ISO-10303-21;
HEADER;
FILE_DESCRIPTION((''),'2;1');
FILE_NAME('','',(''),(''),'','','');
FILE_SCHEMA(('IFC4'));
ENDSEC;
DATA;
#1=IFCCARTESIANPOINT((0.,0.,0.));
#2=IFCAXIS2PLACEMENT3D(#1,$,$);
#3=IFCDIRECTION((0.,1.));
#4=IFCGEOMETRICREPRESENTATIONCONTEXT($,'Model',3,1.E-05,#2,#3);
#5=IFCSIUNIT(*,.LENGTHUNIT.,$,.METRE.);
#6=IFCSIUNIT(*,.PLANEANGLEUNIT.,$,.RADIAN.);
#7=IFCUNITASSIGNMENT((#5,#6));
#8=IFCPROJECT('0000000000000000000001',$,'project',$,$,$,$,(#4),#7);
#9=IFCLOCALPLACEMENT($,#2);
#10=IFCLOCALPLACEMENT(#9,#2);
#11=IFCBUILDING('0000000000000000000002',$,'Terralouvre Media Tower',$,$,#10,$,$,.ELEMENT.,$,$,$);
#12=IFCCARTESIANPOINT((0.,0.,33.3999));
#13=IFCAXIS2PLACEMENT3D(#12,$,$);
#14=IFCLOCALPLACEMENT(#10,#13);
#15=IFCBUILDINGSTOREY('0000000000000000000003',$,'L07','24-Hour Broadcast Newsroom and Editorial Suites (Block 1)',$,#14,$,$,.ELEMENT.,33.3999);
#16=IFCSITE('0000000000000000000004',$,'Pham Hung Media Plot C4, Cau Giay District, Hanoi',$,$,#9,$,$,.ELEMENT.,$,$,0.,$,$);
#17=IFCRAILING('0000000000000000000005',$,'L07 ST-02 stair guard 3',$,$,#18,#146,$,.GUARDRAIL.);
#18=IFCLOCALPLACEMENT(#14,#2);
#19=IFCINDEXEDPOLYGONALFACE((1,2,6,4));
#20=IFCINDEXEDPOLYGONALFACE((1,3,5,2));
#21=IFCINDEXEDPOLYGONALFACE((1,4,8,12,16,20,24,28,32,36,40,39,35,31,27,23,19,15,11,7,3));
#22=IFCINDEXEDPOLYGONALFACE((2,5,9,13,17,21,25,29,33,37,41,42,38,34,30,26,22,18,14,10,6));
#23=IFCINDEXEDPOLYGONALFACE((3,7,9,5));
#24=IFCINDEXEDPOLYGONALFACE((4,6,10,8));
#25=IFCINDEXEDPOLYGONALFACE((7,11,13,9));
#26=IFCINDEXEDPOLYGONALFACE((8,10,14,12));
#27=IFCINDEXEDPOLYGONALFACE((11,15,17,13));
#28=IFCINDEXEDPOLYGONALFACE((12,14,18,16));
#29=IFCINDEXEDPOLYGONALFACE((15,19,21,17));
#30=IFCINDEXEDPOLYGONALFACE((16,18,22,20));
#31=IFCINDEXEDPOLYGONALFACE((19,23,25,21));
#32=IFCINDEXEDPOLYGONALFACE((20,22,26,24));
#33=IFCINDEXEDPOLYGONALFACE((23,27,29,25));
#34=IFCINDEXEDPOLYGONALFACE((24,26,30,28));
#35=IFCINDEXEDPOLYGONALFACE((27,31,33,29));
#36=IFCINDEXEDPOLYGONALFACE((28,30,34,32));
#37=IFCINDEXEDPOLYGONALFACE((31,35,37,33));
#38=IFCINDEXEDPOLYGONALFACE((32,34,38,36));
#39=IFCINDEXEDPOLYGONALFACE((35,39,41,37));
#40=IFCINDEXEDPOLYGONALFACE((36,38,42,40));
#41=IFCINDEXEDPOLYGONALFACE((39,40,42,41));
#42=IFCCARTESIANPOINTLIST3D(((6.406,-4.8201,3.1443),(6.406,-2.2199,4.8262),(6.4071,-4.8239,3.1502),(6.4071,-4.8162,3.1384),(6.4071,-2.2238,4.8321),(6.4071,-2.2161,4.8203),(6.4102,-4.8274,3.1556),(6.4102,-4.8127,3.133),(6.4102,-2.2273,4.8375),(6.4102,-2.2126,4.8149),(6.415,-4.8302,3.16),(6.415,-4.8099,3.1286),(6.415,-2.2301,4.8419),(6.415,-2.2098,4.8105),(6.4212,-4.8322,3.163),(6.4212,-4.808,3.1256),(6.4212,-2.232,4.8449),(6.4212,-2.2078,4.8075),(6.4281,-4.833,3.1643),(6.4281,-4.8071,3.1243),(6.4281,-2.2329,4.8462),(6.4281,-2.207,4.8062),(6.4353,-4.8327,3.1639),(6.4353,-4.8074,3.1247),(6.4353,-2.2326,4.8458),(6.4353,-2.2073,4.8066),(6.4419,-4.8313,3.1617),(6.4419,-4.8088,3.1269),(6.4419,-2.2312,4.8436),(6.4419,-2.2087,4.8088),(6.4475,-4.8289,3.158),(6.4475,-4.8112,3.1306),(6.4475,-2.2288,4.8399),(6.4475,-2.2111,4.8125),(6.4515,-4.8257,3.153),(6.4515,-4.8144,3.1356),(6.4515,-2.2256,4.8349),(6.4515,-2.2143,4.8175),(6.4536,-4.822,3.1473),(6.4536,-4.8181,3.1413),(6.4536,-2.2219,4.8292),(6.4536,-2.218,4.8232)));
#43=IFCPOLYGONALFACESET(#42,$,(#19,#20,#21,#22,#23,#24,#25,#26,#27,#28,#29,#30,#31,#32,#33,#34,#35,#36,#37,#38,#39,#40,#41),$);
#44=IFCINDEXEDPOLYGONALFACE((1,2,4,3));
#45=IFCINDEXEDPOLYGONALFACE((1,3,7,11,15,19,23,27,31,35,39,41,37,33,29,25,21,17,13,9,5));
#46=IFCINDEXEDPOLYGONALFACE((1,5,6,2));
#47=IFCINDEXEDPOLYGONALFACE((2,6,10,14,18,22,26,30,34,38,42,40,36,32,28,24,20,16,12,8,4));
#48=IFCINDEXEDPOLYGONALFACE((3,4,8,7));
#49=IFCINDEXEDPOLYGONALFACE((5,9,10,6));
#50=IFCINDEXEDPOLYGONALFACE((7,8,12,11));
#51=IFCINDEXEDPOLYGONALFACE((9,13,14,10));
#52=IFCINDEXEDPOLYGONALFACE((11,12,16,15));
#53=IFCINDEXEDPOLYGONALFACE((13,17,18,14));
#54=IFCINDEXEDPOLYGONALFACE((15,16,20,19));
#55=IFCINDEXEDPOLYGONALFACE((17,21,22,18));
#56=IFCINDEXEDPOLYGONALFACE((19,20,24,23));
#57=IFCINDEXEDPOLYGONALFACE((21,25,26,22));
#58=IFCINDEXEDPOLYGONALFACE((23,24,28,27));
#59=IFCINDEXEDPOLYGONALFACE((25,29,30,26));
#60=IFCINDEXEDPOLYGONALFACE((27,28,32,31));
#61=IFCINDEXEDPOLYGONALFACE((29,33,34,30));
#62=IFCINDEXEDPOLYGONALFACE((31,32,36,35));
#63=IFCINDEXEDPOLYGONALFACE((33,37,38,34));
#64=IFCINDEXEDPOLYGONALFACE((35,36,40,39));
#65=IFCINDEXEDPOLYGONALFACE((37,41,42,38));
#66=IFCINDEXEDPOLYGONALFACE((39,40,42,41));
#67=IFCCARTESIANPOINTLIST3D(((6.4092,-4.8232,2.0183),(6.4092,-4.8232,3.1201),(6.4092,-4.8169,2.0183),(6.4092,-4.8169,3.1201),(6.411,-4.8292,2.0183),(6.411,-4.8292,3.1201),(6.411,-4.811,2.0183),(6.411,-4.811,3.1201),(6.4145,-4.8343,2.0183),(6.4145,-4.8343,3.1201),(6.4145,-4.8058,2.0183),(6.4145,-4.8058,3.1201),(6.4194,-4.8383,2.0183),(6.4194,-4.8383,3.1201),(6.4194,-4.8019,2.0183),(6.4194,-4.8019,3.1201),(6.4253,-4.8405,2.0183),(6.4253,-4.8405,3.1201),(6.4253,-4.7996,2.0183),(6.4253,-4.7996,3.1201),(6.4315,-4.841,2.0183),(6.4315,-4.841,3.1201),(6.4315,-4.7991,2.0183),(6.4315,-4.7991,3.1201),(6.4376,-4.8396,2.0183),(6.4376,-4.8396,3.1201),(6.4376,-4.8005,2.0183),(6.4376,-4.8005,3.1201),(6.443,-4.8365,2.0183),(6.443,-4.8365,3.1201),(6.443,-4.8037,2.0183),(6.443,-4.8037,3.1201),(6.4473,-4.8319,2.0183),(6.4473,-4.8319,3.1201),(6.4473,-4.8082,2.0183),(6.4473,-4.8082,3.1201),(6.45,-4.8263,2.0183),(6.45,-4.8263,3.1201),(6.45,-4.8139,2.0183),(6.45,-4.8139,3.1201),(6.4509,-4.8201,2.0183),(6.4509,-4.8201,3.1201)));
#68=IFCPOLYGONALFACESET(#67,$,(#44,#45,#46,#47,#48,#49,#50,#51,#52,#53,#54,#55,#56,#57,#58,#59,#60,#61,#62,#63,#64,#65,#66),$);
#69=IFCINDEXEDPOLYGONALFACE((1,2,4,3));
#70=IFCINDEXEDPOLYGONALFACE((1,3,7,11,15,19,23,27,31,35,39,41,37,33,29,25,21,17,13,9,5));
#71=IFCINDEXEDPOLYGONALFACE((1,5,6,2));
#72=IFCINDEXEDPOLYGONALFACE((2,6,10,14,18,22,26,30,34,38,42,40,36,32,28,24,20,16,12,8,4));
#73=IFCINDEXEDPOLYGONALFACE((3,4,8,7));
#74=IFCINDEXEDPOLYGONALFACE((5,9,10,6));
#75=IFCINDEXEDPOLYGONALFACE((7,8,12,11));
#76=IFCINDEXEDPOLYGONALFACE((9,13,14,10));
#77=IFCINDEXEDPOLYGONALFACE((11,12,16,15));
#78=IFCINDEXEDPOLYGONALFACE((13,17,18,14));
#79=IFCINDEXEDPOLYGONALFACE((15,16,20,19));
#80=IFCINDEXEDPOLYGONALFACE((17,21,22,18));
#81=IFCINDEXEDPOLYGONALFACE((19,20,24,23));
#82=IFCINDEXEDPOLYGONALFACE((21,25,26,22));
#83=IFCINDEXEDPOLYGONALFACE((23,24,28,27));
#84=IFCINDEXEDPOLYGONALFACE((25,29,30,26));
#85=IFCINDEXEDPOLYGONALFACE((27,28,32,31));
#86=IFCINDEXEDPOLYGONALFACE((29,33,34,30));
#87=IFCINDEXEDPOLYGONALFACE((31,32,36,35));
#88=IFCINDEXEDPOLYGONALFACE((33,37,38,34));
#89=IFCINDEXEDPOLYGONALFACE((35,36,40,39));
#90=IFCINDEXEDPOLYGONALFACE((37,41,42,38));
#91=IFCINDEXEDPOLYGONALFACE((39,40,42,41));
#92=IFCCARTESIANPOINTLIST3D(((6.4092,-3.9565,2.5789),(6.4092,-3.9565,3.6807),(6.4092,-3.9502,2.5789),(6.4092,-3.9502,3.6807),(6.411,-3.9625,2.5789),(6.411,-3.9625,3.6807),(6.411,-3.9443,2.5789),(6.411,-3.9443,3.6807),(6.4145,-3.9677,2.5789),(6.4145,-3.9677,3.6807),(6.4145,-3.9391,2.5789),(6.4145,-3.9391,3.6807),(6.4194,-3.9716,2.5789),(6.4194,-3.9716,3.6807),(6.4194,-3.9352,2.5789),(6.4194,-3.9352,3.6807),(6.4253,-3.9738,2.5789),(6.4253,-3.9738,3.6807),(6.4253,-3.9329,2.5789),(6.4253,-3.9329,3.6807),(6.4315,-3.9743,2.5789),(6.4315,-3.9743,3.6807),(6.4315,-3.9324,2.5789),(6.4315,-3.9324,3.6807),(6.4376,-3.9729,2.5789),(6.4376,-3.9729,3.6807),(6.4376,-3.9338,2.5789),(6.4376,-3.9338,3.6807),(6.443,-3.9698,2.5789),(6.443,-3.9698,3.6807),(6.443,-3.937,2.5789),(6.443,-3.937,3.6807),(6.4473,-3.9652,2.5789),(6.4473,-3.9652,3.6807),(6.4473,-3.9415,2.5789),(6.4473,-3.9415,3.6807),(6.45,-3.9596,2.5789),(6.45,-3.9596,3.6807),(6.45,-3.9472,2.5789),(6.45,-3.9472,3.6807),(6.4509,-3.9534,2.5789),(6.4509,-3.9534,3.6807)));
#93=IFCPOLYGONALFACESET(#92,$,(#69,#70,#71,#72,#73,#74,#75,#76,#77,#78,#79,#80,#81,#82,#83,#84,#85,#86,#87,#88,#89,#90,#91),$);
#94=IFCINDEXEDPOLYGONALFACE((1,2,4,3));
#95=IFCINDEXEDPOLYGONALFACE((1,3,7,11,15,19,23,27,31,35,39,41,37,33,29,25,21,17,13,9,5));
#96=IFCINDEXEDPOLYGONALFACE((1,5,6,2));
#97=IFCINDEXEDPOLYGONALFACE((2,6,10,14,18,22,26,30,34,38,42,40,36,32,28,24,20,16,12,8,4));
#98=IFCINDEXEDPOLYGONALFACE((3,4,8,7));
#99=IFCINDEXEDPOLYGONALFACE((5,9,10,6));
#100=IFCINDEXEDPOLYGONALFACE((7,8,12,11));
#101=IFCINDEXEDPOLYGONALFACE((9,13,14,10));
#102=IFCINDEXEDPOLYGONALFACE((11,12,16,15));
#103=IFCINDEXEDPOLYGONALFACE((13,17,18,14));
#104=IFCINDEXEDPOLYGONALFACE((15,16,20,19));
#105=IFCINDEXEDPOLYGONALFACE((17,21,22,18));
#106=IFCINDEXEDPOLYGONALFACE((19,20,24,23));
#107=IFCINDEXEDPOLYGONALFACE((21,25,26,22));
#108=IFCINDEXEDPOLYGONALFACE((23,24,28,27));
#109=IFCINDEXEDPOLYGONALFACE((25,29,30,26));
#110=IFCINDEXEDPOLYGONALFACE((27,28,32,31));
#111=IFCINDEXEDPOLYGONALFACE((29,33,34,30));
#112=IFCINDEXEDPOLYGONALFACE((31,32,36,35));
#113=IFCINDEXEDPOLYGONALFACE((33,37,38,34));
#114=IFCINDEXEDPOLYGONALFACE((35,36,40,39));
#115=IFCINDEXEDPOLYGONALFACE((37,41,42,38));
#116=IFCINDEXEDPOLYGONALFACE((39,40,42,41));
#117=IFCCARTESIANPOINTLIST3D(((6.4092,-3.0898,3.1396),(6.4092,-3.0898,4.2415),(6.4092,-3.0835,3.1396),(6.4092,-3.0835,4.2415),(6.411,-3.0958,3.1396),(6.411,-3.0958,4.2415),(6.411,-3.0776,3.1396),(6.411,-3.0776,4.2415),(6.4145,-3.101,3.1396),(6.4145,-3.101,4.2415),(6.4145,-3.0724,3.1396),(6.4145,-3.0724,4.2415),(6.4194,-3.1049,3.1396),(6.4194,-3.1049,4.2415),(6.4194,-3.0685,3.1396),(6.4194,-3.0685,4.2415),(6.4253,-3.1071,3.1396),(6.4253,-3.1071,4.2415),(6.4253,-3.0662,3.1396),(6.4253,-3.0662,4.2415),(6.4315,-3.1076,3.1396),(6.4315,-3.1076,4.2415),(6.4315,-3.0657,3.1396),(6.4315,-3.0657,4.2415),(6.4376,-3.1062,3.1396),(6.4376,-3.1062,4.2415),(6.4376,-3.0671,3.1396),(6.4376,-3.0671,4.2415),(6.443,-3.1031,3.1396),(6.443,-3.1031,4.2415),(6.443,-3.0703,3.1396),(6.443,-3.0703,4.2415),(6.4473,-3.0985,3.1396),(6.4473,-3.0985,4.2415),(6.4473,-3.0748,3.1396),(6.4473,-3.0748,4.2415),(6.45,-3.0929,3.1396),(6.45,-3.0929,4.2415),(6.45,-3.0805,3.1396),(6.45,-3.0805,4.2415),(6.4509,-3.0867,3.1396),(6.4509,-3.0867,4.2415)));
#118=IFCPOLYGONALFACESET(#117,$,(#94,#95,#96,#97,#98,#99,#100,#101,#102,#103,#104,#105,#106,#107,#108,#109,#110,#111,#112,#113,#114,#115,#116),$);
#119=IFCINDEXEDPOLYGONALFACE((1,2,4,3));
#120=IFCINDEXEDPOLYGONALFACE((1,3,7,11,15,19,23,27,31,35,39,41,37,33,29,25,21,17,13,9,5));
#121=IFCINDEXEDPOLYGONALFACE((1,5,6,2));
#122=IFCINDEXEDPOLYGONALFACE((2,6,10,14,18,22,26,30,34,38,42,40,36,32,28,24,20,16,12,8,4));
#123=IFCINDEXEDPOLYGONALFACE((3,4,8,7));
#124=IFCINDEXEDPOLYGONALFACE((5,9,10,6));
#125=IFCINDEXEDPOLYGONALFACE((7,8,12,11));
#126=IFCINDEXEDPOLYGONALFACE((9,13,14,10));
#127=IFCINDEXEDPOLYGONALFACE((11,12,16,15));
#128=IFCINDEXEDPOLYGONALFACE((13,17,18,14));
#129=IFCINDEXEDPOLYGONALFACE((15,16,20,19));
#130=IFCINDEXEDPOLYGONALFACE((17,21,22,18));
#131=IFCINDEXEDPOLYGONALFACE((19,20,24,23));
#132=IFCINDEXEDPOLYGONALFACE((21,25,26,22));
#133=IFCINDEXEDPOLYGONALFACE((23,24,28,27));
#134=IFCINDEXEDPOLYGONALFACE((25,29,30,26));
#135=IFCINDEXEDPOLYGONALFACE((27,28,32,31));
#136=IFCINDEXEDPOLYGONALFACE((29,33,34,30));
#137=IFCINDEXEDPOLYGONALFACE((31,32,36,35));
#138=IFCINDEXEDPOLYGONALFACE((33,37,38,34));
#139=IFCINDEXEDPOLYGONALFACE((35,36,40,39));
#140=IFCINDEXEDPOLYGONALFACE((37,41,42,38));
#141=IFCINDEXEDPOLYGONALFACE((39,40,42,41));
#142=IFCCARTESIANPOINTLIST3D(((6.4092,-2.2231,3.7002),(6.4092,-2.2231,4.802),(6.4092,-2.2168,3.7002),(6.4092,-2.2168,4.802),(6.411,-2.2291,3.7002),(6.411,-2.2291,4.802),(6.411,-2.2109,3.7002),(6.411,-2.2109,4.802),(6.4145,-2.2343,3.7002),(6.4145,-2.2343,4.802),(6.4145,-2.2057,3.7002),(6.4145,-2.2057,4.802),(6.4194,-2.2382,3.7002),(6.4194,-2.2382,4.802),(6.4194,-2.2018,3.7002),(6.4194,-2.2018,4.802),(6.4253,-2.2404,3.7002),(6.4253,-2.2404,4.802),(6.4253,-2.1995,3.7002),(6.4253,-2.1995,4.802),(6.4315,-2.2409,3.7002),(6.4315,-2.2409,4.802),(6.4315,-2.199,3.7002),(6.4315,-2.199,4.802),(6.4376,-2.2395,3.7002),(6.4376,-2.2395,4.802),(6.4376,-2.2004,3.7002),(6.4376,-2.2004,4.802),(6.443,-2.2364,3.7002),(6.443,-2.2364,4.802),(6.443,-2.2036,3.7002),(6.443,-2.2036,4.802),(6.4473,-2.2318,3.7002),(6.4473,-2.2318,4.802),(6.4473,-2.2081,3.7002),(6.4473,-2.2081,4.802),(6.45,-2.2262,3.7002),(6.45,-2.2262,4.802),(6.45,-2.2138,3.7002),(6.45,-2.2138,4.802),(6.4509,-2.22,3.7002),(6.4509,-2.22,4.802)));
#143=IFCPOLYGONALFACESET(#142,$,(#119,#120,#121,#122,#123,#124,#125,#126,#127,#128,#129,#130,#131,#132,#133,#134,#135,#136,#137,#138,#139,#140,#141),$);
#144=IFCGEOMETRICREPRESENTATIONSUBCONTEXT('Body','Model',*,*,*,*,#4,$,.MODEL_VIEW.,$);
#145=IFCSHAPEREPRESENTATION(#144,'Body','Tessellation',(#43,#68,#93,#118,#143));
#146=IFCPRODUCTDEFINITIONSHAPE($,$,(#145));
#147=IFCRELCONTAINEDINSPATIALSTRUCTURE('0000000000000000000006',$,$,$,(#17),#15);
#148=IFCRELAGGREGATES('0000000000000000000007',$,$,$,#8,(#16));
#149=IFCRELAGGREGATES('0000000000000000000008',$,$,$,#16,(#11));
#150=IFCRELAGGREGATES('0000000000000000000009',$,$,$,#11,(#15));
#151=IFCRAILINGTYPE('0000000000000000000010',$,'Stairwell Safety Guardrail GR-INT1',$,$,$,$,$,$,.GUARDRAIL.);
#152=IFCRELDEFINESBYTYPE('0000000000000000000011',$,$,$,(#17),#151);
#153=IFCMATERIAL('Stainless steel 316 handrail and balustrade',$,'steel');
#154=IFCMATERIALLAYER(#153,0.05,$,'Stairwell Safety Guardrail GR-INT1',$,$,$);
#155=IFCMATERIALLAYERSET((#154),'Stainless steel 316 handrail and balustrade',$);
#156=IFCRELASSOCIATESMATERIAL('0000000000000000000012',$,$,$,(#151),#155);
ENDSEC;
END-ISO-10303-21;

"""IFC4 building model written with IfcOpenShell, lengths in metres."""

from ifc_helpers import new_model, si_unit, direction, frame, origin, origin_2d, place, context, subcontext, project, spatial, circle, extrude, material, layer, layer_set, type_object, element, save


model = new_model("IFC4")

# Units and contexts
model_context = context("Model", 3, precision=1e-05, world=origin(), true_north=direction((0.0, 1.0)))
body_context = subcontext(model_context, "Body", "Model", "MODEL_VIEW")
ifc_project = project(units=[si_unit("LENGTHUNIT", "METRE"), si_unit("PLANEANGLEUNIT", "RADIAN")], contexts=[model_context])

# Site, building, storey
site_placement = place(None, origin())
site = spatial("IfcSite", under=ifc_project, at=site_placement, Name="Pham Hung Media Plot C4, Cau Giay District, Hanoi", CompositionType="ELEMENT", RefElevation=0.0)
building_placement = place(site_placement, origin())
building = spatial("IfcBuilding", under=site, at=building_placement, Name="Terralouvre Media Tower", CompositionType="ELEMENT")
storey_placement = place(building_placement, frame((0.0, 0.0, 33.3999)))
storey = spatial("IfcBuildingStorey", under=building, at=storey_placement, Name="L07", Description="24-Hour Broadcast Newsroom and Editorial Suites (Block 1)", CompositionType="ELEMENT", Elevation=33.3999)

# Railing
ifc_material_1 = material(Name="Stainless steel 316 handrail and balustrade", Category="steel")
ifc_layer_1 = layer(ifc_material_1, 0.05, Name="Stairwell Safety Guardrail GR-INT1")
ifc_layer_set_1 = layer_set([ifc_layer_1], Name="Stainless steel 316 handrail and balustrade")
railing_type_1 = type_object("IfcRailingType", Name="Stairwell Safety Guardrail GR-INT1", PredefinedType="GUARDRAIL", material=ifc_layer_set_1)
railing_1_placement = place(storey_placement, frame((6.4299, -4.8201, 2.0183)))
element("IfcRailing", 1, at=railing_1_placement, inside=storey, type_object=railing_type_1, Name="L07 ST-02 stair guard 3", PredefinedType="GUARDRAIL", context=body_context, shape_type="SweptSolid", body=[
    extrude(circle(Radius=0.0239, at=origin_2d()), frame((0.0, 0.0, 1.126), z_axis=(0.0, 0.839648, 0.54313), x_axis=(-1.0, 0.0, 0.0)), (0.0, 0.0, 1.0), 3.0967),
    extrude(circle(Radius=0.021, at=origin_2d()), origin(), (0.0, 0.0, 1.0), 1.1018),
    extrude(circle(Radius=0.021, at=origin_2d()), frame((0.0, 0.8667, 0.5605)), (0.0, 0.0, 1.0), 1.1018),
    extrude(circle(Radius=0.021, at=origin_2d()), frame((0.0, 1.7334, 1.1213)), (0.0, 0.0, 1.0), 1.1018),
    extrude(circle(Radius=0.021, at=origin_2d()), frame((0.0, 2.6001, 1.6819)), (0.0, 0.0, 1.0), 1.1018),
])

save(model, "model.ifc")
